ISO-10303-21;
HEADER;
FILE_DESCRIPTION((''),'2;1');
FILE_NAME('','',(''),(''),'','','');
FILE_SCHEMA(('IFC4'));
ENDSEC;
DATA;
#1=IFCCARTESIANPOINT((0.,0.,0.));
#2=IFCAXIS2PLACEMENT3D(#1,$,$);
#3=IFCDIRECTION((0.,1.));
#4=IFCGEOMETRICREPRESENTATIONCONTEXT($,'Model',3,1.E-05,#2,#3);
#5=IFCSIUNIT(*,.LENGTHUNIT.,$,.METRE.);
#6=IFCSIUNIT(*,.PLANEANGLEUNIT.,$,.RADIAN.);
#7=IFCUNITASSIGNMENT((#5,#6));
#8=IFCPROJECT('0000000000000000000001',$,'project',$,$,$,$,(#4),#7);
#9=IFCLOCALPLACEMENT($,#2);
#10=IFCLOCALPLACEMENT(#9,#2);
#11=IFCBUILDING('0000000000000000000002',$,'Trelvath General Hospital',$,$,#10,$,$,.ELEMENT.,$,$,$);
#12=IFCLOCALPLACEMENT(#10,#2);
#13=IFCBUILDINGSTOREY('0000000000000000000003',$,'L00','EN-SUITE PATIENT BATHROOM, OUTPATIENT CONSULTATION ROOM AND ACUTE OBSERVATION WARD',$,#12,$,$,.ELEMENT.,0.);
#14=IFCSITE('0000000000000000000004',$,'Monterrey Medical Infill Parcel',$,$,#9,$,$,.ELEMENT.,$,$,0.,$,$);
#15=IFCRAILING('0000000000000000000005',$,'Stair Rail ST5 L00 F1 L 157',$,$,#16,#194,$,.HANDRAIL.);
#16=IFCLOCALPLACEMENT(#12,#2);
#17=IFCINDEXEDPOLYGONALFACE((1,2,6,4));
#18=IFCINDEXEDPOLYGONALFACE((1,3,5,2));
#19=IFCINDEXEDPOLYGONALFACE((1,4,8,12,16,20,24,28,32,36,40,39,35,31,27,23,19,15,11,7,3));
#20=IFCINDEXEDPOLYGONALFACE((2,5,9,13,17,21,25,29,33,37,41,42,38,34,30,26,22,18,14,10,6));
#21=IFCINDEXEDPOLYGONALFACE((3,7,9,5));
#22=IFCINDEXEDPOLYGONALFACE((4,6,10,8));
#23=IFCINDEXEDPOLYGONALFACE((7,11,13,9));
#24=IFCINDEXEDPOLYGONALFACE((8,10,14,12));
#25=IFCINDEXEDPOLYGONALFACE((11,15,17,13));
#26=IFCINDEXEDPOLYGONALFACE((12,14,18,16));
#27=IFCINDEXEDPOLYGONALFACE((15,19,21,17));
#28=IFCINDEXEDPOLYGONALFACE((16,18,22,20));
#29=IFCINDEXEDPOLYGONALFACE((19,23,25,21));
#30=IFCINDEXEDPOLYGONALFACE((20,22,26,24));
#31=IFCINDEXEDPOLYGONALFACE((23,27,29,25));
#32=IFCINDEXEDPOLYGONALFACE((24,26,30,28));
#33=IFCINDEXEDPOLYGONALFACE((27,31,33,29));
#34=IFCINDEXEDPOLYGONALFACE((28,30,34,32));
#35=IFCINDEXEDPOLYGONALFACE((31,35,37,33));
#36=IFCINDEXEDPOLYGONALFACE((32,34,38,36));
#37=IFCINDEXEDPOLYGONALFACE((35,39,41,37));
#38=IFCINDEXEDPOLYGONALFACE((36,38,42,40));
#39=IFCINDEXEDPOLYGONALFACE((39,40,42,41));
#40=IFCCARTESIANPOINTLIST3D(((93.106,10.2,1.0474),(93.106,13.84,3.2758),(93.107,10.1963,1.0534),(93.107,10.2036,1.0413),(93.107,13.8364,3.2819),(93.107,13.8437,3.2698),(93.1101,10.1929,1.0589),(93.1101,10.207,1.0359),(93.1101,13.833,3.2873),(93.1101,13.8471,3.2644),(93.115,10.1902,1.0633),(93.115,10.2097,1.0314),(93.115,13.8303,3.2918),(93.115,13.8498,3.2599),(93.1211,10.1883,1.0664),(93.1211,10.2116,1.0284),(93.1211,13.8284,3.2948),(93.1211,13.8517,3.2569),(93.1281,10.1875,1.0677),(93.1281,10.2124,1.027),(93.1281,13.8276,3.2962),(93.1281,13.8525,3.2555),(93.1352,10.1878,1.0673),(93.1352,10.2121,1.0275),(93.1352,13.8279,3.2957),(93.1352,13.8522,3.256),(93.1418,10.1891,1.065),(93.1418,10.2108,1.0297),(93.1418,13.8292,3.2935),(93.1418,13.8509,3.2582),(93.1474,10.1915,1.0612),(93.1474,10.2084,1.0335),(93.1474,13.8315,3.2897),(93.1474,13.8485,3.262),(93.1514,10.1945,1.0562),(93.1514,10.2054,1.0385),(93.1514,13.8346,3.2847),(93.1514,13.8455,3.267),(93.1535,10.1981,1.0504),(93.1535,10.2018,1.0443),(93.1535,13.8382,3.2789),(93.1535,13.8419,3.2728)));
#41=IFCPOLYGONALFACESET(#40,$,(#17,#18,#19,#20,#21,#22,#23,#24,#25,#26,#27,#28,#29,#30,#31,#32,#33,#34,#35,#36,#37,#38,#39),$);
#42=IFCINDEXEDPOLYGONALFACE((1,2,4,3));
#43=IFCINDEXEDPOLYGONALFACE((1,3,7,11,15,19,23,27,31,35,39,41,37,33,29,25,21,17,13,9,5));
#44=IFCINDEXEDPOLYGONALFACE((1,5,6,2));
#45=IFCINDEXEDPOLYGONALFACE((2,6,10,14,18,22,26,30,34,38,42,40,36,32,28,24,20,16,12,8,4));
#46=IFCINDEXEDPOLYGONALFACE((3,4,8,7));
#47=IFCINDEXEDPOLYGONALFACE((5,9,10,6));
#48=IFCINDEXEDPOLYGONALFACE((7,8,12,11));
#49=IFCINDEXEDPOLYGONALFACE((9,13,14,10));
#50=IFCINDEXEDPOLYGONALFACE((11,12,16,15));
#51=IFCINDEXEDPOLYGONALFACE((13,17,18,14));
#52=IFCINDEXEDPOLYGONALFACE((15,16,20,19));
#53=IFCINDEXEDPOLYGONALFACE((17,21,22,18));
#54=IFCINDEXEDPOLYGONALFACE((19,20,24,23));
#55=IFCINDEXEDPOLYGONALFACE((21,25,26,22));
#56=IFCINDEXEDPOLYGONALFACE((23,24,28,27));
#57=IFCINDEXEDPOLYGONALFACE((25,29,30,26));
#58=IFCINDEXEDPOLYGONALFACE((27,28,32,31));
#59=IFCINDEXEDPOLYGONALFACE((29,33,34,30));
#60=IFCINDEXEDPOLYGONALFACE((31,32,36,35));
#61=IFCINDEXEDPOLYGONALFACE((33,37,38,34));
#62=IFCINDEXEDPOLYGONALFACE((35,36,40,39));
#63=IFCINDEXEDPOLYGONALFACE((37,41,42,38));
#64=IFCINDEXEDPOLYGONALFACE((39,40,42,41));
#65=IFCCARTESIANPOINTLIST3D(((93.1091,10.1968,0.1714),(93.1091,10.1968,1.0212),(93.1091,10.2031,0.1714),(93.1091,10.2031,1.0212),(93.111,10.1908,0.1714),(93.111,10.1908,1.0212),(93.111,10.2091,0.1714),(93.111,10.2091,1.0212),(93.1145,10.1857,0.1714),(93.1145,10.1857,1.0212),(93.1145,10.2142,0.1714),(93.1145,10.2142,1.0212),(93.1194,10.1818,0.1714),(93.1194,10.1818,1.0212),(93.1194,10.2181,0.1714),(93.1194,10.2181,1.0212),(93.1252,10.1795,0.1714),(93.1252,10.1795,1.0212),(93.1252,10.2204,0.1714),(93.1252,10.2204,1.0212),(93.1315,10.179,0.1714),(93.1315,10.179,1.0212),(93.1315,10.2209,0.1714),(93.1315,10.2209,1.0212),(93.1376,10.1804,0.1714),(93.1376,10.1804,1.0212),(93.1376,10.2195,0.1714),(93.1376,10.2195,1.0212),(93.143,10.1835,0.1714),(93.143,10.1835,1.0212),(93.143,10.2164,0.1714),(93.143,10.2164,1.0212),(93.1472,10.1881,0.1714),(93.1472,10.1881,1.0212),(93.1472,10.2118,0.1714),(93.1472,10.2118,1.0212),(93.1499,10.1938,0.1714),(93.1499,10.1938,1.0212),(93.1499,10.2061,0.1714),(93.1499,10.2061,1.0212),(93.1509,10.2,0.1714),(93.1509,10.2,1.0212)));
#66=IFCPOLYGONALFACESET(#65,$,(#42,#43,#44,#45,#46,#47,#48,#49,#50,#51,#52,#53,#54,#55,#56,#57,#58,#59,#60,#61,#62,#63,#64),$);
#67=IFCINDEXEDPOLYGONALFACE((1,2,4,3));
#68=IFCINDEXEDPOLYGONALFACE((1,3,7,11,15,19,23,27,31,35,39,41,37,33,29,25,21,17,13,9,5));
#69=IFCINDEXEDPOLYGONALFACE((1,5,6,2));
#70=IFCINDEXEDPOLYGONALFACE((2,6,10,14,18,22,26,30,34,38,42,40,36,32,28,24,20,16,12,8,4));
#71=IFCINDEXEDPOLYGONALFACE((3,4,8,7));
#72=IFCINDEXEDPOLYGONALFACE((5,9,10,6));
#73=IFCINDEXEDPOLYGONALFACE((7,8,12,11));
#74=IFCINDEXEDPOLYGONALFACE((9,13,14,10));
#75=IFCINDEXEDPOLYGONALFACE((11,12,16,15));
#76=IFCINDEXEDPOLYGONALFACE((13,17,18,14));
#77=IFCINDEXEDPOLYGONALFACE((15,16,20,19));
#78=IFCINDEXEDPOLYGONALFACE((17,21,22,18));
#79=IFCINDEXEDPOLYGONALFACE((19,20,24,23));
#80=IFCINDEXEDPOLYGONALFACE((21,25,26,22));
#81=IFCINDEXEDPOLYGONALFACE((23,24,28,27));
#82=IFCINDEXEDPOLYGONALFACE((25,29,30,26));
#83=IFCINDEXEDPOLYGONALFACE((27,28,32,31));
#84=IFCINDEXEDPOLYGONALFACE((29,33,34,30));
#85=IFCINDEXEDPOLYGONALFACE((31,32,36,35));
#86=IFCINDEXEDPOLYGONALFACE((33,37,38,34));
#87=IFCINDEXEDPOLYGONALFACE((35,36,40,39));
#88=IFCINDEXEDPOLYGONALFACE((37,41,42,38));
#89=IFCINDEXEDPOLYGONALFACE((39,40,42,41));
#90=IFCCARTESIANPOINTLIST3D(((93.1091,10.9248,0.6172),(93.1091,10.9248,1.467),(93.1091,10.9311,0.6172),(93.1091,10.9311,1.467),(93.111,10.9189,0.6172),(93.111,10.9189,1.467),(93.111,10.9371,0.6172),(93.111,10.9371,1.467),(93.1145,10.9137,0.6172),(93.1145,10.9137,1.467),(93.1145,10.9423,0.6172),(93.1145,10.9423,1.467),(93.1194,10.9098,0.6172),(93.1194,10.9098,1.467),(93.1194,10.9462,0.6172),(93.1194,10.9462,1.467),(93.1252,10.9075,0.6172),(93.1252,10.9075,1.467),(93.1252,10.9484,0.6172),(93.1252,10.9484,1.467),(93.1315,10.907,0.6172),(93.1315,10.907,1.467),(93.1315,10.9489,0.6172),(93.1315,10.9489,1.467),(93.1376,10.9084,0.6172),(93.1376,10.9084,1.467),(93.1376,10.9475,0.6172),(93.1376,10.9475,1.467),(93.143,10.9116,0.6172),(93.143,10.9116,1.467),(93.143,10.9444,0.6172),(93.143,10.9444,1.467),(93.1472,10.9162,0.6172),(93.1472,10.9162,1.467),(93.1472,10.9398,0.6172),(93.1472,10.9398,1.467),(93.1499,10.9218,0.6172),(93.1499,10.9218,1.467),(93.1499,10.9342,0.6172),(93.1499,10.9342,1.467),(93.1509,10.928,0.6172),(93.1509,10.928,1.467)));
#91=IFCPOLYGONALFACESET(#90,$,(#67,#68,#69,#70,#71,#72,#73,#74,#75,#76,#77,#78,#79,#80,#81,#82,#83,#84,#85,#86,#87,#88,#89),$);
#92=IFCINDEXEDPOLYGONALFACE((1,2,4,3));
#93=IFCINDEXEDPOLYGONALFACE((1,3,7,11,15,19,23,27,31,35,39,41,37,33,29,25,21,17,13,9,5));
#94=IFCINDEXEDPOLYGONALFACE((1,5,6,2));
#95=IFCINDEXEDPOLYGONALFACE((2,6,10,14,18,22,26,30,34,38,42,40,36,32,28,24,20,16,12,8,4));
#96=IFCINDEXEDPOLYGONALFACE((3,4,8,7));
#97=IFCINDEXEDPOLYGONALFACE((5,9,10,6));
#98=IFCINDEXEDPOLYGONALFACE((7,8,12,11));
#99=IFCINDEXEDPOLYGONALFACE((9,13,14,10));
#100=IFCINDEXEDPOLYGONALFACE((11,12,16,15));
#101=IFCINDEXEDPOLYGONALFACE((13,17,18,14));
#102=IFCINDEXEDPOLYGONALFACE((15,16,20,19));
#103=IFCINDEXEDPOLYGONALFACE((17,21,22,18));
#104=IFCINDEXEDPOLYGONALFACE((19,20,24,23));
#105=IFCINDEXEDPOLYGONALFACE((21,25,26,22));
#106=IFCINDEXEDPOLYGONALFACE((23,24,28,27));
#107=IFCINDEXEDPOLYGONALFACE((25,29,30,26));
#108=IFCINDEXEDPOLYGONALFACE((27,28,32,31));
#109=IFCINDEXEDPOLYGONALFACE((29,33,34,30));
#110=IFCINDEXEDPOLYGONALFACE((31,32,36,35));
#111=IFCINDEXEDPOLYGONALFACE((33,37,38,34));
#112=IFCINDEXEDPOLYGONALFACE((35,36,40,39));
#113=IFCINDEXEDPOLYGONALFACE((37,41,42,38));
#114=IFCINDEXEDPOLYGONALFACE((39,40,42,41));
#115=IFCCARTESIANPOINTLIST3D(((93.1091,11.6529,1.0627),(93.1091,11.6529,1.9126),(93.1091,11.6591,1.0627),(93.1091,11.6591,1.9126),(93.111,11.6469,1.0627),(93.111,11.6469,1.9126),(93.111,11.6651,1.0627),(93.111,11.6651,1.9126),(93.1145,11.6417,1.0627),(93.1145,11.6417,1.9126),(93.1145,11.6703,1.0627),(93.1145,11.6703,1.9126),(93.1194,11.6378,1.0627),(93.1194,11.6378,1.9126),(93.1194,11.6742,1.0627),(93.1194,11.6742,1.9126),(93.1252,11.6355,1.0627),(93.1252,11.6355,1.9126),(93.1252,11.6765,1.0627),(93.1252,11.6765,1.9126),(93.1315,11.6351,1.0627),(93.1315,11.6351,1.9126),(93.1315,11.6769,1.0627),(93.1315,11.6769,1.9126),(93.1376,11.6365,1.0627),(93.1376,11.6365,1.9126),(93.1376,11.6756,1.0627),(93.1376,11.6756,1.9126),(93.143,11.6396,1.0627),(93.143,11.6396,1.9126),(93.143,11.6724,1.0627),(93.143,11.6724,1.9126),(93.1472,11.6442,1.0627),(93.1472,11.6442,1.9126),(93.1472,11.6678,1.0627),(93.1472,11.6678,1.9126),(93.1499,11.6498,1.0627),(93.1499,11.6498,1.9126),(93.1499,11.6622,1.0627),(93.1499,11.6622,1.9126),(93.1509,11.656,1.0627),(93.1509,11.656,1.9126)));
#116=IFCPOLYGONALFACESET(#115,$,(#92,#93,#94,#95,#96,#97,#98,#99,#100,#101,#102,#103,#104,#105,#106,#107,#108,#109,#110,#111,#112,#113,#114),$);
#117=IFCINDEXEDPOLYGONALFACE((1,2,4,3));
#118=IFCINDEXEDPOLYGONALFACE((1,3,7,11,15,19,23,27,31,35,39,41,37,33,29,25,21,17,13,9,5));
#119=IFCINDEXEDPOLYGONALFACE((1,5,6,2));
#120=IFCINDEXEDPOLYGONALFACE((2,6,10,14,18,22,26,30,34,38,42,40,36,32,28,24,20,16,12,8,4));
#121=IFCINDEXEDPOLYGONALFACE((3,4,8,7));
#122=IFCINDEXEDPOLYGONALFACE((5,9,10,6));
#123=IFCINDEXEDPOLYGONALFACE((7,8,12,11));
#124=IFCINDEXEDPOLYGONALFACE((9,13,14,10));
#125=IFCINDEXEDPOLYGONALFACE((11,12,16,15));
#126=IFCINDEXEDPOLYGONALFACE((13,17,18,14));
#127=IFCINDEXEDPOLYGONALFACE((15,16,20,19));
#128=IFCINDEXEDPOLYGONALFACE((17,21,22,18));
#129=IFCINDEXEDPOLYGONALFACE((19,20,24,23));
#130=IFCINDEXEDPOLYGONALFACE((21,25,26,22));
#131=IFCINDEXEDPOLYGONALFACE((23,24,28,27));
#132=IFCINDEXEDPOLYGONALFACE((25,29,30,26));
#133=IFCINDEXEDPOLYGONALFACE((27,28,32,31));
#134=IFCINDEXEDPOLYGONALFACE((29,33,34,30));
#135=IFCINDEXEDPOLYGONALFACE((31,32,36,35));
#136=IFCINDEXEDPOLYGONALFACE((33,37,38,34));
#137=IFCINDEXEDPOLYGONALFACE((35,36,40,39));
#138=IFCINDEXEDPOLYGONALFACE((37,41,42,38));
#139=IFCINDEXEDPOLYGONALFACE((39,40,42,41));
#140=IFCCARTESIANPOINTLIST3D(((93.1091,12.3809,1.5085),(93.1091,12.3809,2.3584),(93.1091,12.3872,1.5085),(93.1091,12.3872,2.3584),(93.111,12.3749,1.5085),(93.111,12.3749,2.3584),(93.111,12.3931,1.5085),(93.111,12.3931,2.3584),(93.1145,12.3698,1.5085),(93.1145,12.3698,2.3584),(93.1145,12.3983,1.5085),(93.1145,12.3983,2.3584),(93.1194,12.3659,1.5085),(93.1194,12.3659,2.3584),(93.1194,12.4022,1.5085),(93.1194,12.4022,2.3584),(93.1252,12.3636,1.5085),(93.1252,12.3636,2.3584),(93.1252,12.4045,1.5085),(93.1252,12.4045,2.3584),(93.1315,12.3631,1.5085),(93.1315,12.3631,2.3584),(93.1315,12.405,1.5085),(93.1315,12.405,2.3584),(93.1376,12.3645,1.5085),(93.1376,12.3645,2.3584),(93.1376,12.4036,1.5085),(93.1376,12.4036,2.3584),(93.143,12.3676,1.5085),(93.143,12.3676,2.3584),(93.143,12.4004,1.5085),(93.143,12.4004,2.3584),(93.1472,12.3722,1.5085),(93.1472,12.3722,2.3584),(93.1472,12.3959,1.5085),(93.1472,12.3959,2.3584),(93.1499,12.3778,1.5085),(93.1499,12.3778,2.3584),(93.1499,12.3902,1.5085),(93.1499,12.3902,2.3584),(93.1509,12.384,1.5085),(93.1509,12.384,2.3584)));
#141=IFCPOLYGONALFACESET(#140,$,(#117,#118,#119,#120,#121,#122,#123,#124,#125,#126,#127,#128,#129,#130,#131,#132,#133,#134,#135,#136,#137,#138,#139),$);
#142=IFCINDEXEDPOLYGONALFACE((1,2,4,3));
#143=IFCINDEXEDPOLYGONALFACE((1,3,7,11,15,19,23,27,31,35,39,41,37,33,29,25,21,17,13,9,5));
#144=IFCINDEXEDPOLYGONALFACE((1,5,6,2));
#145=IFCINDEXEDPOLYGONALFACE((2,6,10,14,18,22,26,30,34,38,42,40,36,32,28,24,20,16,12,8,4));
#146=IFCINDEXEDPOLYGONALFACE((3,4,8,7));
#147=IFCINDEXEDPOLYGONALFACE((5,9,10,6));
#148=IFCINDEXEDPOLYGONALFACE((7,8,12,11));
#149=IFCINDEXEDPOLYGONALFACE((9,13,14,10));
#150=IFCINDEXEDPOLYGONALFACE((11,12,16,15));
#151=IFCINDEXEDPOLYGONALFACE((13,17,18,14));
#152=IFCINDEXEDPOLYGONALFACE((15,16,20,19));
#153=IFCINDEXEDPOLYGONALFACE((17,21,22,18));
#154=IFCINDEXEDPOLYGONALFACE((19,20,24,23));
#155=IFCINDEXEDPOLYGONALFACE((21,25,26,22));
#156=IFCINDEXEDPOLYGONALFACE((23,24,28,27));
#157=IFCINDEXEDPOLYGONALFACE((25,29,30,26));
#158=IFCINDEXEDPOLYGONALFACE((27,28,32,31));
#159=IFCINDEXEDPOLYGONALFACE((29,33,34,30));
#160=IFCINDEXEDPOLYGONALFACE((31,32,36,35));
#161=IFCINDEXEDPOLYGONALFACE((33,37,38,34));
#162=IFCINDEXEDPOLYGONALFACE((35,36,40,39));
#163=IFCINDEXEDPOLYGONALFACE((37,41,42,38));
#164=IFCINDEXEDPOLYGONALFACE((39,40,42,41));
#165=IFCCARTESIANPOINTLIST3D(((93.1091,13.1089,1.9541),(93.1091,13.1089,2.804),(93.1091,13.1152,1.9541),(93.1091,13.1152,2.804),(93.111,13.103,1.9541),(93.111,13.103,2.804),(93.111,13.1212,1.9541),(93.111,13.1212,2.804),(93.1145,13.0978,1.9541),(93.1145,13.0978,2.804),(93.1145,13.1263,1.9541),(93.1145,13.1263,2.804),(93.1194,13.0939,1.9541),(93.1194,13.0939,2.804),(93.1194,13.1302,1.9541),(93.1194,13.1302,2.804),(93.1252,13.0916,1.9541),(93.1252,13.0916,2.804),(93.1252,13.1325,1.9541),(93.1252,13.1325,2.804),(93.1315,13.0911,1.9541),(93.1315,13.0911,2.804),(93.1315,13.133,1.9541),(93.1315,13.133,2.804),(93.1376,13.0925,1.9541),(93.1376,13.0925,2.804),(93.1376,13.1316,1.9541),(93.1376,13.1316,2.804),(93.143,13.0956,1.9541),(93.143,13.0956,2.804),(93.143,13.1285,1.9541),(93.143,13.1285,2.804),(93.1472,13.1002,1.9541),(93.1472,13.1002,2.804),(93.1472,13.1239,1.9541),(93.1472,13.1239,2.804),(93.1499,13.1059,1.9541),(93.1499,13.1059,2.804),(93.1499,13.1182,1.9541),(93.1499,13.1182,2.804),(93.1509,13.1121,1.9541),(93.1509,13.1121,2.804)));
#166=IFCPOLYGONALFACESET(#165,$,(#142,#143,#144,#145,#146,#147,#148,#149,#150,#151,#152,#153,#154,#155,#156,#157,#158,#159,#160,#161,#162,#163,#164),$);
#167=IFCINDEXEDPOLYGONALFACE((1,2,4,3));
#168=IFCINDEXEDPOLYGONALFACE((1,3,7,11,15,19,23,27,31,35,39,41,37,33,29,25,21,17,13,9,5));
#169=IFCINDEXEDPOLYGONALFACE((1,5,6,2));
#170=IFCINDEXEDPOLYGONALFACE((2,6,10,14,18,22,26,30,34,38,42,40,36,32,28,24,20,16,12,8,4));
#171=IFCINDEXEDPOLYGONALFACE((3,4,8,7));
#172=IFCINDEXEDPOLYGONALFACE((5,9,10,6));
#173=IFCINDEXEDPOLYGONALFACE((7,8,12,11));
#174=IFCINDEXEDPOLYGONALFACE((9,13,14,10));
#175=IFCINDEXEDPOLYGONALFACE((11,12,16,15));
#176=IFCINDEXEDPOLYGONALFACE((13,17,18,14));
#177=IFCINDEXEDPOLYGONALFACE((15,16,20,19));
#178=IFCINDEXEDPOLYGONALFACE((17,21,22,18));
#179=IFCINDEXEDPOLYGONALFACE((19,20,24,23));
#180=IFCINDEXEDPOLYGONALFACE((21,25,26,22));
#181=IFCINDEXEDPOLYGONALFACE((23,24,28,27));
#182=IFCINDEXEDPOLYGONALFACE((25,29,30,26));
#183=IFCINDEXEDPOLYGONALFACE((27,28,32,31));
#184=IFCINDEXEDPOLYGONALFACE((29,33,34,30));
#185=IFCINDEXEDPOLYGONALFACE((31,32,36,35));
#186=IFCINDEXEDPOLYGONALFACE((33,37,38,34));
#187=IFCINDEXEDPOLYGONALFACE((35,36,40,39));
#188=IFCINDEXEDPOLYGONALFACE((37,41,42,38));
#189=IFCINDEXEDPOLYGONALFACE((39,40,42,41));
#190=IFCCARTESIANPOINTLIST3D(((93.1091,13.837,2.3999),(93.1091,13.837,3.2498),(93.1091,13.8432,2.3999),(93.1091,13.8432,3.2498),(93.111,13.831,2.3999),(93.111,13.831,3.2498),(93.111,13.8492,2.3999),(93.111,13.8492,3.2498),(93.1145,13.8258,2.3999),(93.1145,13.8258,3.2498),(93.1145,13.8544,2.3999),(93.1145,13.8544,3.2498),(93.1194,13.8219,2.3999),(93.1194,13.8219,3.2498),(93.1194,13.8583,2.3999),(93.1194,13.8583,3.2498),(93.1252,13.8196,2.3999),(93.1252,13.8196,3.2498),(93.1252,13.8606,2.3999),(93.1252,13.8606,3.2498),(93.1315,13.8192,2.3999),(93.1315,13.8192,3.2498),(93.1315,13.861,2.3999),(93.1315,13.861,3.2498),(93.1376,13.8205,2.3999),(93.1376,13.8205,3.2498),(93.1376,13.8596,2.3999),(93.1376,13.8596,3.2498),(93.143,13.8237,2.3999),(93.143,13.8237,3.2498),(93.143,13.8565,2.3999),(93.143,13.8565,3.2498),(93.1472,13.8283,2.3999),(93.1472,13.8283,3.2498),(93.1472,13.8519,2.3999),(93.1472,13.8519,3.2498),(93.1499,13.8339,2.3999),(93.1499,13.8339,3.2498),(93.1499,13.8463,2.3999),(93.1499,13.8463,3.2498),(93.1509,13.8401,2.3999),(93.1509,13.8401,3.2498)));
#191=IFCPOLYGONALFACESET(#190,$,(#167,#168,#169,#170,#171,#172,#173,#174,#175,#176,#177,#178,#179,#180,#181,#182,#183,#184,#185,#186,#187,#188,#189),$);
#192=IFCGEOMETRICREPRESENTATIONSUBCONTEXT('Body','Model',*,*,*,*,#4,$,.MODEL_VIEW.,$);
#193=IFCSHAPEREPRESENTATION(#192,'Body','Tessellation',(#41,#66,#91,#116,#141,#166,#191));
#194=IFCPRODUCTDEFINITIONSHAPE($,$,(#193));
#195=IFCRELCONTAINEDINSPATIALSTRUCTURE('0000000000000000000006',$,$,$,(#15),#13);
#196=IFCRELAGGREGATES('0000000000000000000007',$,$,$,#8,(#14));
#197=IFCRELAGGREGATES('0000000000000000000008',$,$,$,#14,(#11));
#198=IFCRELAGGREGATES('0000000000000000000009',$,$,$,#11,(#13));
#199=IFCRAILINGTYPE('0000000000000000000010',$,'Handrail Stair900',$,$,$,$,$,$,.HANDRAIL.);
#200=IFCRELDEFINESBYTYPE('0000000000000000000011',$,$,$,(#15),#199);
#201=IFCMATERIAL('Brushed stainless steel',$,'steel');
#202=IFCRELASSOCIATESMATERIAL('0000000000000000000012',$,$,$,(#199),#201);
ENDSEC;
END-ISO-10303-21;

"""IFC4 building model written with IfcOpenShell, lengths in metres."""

from ifc_helpers import new_model, si_unit, direction, frame, origin, origin_2d, place, context, subcontext, project, spatial, circle, extrude, material, type_object, element, save


model = new_model("IFC4")

# Units and contexts
model_context = context("Model", 3, precision=1e-05, world=origin(), true_north=direction((0.0, 1.0)))
body_context = subcontext(model_context, "Body", "Model", "MODEL_VIEW")
ifc_project = project(units=[si_unit("LENGTHUNIT", "METRE"), si_unit("PLANEANGLEUNIT", "RADIAN")], contexts=[model_context])

# Site, building, storey
site_placement = place(None, origin())
site = spatial("IfcSite", under=ifc_project, at=site_placement, Name="Monterrey Medical Infill Parcel", CompositionType="ELEMENT", RefElevation=0.0)
building_placement = place(site_placement, origin())
building = spatial("IfcBuilding", under=site, at=building_placement, Name="Trelvath General Hospital", CompositionType="ELEMENT")
storey_placement = place(building_placement, origin())
storey = spatial("IfcBuildingStorey", under=building, at=storey_placement, Name="L00", Description="EN-SUITE PATIENT BATHROOM, OUTPATIENT CONSULTATION ROOM AND ACUTE OBSERVATION WARD", CompositionType="ELEMENT", Elevation=0.0)

# Railing
ifc_material_1 = material(Name="Brushed stainless steel", Category="steel")
railing_type_1 = type_object("IfcRailingType", Name="Handrail Stair900", PredefinedType="HANDRAIL", material=ifc_material_1)
railing_1_placement = place(storey_placement, frame((93.1299, 10.2, 0.1714)))
element("IfcRailing", 1, at=railing_1_placement, inside=storey, type_object=railing_type_1, Name="Stair Rail ST5 L00 F1 L 157", PredefinedType="HANDRAIL", context=body_context, shape_type="SweptSolid", body=[
    extrude(circle(Radius=0.0239, at=origin_2d()), frame((0.0, 0.0, 0.876), z_axis=(0.0, 0.852866, 0.52213), x_axis=(-1.0, 0.0, 0.0)), (0.0, 0.0, 1.0), 4.2681),
    extrude(circle(Radius=0.021, at=origin_2d()), origin(), (0.0, 0.0, 1.0), 0.8499),
    extrude(circle(Radius=0.021, at=origin_2d()), frame((0.0, 0.728, 0.4458)), (0.0, 0.0, 1.0), 0.8499),
    extrude(circle(Radius=0.021, at=origin_2d()), frame((0.0, 1.4561, 0.8914)), (0.0, 0.0, 1.0), 0.8499),
    extrude(circle(Radius=0.021, at=origin_2d()), frame((0.0, 2.1841, 1.3372)), (0.0, 0.0, 1.0), 0.8499),
    extrude(circle(Radius=0.021, at=origin_2d()), frame((0.0, 2.9121, 1.7827)), (0.0, 0.0, 1.0), 0.8499),
    extrude(circle(Radius=0.021, at=origin_2d()), frame((0.0, 3.6401, 2.2285)), (0.0, 0.0, 1.0), 0.8499),
])

save(model, "model.ifc")
